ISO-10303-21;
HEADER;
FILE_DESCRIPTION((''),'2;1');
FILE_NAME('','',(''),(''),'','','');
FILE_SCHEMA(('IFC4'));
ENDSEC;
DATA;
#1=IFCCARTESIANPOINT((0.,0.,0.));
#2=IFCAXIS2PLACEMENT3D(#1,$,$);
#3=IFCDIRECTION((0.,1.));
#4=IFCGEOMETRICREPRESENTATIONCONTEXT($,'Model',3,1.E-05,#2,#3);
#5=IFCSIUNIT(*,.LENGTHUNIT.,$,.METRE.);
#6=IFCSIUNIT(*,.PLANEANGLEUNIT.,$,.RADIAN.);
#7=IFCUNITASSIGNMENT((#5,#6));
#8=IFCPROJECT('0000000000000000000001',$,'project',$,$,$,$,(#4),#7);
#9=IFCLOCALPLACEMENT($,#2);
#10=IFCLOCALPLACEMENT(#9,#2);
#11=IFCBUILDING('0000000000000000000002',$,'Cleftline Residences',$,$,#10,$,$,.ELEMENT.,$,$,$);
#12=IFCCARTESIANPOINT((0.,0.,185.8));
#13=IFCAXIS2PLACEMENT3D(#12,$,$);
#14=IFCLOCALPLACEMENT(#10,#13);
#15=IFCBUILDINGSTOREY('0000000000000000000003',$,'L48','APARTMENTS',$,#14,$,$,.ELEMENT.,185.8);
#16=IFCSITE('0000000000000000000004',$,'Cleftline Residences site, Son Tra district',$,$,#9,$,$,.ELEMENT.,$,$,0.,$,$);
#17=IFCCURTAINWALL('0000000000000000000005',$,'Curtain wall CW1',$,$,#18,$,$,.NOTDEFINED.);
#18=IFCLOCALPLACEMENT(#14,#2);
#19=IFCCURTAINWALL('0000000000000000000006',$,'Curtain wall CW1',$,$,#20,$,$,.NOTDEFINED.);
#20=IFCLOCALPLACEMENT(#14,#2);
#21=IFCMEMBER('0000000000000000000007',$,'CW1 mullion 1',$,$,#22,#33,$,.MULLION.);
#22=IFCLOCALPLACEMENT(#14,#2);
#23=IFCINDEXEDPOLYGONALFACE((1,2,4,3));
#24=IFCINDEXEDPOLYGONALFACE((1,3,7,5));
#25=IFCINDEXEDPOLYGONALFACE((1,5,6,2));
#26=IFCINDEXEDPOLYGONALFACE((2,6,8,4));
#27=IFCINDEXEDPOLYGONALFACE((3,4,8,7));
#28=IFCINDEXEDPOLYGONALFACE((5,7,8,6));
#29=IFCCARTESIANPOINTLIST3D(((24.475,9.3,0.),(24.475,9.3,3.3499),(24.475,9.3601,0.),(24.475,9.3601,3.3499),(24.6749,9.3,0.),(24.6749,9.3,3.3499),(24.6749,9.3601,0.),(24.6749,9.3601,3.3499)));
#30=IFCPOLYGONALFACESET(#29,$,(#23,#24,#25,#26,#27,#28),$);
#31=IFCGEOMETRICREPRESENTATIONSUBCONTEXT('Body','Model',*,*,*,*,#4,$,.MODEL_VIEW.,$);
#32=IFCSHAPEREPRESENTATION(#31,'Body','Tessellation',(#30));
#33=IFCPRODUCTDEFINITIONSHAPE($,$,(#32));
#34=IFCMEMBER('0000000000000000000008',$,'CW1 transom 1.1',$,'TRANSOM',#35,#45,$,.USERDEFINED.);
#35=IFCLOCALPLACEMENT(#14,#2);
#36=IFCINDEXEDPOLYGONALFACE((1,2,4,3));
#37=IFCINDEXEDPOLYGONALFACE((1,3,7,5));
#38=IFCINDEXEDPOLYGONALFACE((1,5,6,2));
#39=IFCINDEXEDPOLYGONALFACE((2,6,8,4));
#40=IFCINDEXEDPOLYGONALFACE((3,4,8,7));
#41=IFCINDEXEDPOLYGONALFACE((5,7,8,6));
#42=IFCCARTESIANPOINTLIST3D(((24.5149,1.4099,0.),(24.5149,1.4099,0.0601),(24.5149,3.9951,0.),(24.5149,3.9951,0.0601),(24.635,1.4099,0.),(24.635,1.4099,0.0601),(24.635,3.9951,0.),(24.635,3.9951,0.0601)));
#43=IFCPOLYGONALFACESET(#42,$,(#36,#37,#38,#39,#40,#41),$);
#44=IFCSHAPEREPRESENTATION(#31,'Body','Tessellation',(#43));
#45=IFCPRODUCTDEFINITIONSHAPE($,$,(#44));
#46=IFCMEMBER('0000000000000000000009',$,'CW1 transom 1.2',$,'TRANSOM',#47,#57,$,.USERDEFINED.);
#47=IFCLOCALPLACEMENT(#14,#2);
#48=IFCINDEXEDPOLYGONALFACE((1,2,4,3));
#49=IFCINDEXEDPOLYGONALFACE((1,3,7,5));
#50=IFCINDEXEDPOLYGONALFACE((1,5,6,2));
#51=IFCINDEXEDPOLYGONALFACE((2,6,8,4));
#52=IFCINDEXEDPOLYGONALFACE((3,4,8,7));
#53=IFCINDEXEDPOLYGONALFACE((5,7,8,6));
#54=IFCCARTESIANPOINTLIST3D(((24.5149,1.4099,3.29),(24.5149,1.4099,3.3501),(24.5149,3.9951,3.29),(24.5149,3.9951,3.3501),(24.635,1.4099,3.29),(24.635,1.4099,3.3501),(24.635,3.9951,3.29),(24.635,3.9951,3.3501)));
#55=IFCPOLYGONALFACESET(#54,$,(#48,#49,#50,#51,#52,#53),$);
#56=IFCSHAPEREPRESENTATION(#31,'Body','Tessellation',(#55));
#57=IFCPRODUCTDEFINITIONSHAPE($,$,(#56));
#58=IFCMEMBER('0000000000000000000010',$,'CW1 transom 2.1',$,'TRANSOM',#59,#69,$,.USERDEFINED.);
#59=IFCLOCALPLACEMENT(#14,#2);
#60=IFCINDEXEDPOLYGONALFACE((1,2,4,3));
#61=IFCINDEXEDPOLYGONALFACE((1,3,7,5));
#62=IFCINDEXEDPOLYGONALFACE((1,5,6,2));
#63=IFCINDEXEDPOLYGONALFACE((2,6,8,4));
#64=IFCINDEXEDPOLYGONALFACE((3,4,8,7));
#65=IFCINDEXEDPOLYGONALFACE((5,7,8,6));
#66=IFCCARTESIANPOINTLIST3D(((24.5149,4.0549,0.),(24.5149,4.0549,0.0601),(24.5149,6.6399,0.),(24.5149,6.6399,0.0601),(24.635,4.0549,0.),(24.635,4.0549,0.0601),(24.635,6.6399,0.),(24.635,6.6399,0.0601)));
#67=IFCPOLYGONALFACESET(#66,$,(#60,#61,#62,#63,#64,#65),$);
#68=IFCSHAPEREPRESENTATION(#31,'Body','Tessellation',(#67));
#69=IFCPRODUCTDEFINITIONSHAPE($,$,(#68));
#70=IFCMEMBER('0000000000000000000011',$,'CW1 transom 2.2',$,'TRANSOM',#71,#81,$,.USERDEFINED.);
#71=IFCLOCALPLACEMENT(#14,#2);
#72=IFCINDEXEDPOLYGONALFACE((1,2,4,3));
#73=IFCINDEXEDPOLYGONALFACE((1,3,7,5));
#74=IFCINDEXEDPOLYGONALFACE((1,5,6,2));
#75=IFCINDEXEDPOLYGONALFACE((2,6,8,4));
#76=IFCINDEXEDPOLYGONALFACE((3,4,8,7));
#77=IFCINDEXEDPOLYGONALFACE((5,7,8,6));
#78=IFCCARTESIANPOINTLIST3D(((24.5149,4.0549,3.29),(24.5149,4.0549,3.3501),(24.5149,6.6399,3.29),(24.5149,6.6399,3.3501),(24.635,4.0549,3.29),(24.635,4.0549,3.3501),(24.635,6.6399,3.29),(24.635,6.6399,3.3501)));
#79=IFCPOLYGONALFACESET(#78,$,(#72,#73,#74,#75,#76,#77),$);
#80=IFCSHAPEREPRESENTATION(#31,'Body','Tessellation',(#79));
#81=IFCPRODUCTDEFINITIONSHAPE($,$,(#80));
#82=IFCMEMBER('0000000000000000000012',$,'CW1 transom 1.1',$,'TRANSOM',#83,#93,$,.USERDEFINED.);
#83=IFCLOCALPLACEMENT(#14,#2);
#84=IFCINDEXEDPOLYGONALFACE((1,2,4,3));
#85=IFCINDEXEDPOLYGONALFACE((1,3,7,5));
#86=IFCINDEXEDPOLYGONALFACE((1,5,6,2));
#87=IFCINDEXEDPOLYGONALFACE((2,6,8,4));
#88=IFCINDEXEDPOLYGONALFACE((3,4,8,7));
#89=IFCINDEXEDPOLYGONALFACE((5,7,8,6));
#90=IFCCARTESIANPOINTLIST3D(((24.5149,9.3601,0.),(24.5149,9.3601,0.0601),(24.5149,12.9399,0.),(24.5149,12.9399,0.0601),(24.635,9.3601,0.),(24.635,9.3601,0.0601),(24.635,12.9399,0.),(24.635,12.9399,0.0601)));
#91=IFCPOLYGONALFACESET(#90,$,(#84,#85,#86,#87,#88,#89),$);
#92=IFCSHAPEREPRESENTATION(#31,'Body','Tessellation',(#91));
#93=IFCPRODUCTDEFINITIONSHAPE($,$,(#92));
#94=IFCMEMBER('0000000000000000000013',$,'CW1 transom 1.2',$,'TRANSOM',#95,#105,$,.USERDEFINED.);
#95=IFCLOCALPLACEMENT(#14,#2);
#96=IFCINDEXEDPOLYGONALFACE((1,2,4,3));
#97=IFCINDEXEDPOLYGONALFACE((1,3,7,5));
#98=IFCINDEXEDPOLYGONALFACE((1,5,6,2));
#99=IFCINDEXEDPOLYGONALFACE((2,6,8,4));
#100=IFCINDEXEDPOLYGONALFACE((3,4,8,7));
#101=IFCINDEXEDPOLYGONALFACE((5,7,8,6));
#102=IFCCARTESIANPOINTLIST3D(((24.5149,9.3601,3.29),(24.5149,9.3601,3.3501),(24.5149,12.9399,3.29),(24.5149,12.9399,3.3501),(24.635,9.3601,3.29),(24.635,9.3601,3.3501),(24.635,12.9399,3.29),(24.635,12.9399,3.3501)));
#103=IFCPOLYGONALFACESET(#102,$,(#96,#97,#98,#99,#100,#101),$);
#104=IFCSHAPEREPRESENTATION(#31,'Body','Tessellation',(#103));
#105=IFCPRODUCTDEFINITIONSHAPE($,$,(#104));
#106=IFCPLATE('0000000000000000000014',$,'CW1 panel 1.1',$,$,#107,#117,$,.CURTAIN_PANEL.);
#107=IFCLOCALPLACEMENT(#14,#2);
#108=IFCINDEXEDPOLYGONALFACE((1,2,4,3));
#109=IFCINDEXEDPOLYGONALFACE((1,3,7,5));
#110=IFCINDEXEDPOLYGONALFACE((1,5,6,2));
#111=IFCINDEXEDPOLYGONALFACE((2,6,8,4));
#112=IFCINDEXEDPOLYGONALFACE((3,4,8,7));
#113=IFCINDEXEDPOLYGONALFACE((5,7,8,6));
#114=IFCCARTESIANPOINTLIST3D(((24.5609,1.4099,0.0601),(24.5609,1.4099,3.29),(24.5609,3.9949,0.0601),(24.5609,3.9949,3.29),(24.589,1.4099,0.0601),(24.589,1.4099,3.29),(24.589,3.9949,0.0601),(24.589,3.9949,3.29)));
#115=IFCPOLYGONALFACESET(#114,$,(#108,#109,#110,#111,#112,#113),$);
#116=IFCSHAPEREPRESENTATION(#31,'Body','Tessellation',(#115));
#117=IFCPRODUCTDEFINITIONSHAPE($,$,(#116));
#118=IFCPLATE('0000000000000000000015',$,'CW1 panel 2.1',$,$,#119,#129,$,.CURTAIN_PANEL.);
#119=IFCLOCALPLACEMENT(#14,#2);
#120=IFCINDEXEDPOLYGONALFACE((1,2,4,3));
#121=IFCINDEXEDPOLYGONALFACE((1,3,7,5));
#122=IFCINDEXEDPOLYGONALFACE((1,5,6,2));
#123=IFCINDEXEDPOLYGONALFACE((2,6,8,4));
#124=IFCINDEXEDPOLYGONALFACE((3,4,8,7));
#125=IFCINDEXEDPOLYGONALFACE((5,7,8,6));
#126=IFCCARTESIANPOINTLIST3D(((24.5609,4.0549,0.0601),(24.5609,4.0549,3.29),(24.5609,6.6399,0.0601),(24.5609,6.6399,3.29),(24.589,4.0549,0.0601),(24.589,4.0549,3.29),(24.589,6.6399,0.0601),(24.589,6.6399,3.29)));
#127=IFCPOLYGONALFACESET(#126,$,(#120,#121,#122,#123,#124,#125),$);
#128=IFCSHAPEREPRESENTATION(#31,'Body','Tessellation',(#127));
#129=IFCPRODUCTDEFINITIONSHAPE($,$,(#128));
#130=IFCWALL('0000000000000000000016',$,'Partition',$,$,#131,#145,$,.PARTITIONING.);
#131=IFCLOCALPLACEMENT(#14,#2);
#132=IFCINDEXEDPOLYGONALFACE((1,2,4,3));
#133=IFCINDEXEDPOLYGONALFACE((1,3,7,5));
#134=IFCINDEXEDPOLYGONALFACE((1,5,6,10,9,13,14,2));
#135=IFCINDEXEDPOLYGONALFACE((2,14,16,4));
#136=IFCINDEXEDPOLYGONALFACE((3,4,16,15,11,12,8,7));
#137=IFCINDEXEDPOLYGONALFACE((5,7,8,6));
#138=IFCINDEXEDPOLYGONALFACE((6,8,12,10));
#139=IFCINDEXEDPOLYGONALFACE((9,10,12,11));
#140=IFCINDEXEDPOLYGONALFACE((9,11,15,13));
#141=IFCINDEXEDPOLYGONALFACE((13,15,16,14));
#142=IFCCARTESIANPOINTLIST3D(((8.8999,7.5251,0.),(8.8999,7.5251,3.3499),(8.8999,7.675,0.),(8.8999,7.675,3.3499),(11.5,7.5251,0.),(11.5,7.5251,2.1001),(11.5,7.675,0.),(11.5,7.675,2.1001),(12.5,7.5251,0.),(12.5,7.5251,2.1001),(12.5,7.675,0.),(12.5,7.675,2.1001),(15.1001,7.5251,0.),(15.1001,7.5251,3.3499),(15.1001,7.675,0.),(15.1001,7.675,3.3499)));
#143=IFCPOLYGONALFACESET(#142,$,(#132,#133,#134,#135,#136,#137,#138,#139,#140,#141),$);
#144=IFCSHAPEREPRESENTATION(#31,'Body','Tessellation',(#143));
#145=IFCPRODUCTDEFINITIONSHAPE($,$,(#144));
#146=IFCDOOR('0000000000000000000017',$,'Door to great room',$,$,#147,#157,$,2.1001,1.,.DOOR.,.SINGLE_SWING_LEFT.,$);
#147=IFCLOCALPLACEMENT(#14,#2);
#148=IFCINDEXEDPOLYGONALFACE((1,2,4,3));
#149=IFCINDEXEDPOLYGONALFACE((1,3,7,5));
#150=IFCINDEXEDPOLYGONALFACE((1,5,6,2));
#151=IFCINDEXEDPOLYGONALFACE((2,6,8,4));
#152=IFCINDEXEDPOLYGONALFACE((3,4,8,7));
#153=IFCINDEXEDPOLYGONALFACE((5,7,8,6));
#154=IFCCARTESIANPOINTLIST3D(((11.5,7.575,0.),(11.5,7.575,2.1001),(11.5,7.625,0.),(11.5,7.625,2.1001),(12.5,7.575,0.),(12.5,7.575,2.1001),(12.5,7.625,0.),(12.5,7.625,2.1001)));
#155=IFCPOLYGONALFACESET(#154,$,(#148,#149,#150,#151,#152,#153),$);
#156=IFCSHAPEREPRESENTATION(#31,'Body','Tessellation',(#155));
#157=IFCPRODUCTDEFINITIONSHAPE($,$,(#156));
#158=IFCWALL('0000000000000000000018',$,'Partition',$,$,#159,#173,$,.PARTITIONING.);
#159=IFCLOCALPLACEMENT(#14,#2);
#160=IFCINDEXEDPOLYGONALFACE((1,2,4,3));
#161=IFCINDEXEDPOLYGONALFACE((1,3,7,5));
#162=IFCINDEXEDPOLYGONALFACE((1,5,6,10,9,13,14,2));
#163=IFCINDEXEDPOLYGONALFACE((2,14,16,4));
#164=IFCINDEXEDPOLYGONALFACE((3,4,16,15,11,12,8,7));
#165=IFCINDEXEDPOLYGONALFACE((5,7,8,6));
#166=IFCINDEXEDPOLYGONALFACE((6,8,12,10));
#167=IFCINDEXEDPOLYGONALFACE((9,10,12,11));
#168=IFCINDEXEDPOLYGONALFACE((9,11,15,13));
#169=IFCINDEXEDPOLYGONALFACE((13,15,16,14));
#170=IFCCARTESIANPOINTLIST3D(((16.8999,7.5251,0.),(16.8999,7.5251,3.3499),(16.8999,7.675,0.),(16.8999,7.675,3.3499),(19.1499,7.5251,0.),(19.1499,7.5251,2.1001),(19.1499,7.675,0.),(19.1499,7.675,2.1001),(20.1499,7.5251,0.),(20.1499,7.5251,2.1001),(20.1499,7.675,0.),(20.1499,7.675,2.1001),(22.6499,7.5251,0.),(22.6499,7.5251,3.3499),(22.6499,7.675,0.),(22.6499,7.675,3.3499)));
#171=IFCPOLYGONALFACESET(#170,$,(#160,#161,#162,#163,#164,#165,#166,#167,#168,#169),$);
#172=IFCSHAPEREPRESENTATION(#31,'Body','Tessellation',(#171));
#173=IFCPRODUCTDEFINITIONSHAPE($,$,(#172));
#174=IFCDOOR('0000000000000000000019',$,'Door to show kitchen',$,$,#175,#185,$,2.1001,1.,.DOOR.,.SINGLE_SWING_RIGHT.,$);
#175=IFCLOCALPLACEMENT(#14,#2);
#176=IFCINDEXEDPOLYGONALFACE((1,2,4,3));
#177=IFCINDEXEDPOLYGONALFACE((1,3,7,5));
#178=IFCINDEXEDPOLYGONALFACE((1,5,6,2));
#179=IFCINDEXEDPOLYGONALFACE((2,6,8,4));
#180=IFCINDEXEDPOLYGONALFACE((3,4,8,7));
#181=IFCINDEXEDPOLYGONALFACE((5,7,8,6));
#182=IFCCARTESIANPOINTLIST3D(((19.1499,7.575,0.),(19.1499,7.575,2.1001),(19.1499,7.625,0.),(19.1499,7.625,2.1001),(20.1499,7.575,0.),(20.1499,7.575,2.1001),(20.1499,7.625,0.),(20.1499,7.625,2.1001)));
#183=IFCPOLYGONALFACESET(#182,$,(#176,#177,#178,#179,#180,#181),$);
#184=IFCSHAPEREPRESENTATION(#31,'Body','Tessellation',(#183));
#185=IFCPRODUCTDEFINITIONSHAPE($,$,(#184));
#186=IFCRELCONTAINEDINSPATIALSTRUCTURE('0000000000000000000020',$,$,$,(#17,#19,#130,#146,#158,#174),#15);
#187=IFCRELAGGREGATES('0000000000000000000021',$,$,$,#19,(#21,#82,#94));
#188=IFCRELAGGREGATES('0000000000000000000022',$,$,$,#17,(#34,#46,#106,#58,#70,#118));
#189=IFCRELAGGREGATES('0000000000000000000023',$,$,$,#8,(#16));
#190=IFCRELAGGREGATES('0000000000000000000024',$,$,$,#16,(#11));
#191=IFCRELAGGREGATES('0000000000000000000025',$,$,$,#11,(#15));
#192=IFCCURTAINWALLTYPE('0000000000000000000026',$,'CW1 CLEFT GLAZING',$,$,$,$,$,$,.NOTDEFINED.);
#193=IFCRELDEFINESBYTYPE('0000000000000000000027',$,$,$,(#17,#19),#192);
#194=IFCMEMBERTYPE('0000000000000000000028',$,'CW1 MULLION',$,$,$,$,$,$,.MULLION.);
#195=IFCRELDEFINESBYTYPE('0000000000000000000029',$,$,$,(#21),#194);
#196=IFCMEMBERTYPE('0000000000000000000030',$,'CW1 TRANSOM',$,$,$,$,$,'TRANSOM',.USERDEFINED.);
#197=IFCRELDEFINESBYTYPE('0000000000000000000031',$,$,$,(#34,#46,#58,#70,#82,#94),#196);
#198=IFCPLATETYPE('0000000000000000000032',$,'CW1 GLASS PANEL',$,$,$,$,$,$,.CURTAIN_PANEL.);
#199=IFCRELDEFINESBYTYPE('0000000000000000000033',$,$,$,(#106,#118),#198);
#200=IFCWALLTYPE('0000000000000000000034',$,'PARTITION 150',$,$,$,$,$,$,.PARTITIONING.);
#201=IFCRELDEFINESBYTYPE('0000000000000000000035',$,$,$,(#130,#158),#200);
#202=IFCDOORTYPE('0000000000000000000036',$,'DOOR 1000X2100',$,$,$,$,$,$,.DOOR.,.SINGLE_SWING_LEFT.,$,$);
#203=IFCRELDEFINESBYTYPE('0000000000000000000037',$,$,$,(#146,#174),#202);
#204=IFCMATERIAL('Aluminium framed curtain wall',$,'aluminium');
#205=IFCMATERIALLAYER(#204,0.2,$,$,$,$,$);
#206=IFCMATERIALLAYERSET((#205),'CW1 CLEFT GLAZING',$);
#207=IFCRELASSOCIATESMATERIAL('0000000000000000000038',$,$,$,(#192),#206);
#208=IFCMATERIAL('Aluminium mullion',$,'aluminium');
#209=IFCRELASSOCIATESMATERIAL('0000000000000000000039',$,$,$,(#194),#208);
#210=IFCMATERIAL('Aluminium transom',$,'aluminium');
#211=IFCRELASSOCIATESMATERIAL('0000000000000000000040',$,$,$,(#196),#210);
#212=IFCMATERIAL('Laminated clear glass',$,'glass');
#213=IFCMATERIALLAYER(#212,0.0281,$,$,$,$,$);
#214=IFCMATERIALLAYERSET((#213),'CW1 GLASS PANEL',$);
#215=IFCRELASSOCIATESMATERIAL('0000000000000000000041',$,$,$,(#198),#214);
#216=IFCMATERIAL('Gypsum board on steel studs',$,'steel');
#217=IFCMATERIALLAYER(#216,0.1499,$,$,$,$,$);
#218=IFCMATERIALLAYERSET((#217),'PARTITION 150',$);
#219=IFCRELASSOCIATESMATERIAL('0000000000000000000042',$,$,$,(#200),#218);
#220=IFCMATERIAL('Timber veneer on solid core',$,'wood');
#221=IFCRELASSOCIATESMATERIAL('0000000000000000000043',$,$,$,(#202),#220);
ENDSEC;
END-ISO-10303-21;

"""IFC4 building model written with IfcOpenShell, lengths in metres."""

from ifc_helpers import new_model, si_unit, direction, frame, frame_2d, origin, origin_2d, place, context, subcontext, project, spatial, rectangle, extrude, material, layer, layer_set, material_profile, profile_set, type_object, element, fill, aggregate, save


model = new_model("IFC4")

# Units and contexts
model_context = context("Model", 3, precision=1e-05, world=origin(), true_north=direction((0.0, 1.0)))
body_context = subcontext(model_context, "Body", "Model", "MODEL_VIEW")
ifc_project = project(units=[si_unit("LENGTHUNIT", "METRE"), si_unit("PLANEANGLEUNIT", "RADIAN")], contexts=[model_context])

# Site, building, storey
site_placement = place(None, origin())
site = spatial("IfcSite", under=ifc_project, at=site_placement, Name="Cleftline Residences site, Son Tra district", CompositionType="ELEMENT", RefElevation=0.0)
building_placement = place(site_placement, origin())
building = spatial("IfcBuilding", under=site, at=building_placement, Name="Cleftline Residences", CompositionType="ELEMENT")
storey_placement = place(building_placement, frame((0.0, 0.0, 185.8)))
storey = spatial("IfcBuildingStorey", under=building, at=storey_placement, Name="L48", Description="APARTMENTS", CompositionType="ELEMENT", Elevation=185.8)

# Curtain wall
ifc_material_1 = material(Name="Aluminium framed curtain wall", Category="aluminium")
ifc_layer_1 = layer(ifc_material_1, 0.2)
ifc_layer_set_1 = layer_set([ifc_layer_1], Name="CW1 CLEFT GLAZING")
curtain_wall_type = type_object("IfcCurtainWallType", Name="CW1 CLEFT GLAZING", PredefinedType="NOTDEFINED", material=ifc_layer_set_1)
curtain_wall_1_placement = place(storey_placement, origin())
curtain_wall_1 = element("IfcCurtainWall", 1, at=curtain_wall_1_placement, inside=storey, type_object=curtain_wall_type, Name="Curtain wall CW1", PredefinedType="NOTDEFINED")
ifc_material_2 = material(Name="Aluminium mullion", Category="aluminium")
ifc_material_profile_1 = material_profile(ifc_material_2, rectangle(XDim=0.2, YDim=0.0601, at=origin_2d()))
ifc_profile_set_1 = profile_set([ifc_material_profile_1], Name="Aluminium mullion")
member_type_1 = type_object("IfcMemberType", Name="CW1 MULLION", PredefinedType="MULLION", material=ifc_profile_set_1)

# Curtain wall, member
curtain_wall_2_placement = place(storey_placement, origin())
curtain_wall_2 = element("IfcCurtainWall", 2, at=curtain_wall_2_placement, inside=storey, type_object=curtain_wall_type, Name="Curtain wall CW1", PredefinedType="NOTDEFINED")
member_1_placement = place(storey_placement, frame((24.575, 9.3301, 0.0), z_axis=(0.0, 0.0, 1.0), x_axis=(-1.0, 0.0, 0.0)))
member_1 = element("IfcMember", 3, at=member_1_placement, type_object=member_type_1, Name="CW1 mullion 1", PredefinedType="MULLION", context=body_context, shape_type="SweptSolid", body=[
    extrude(rectangle(XDim=0.2, YDim=0.0601, at=origin_2d()), origin(), (0.0, 0.0, 1.0), 3.3499),
])

# Members
ifc_material_3 = material(Name="Aluminium transom", Category="aluminium")
ifc_material_profile_2 = material_profile(ifc_material_3, rectangle(XDim=0.1201, YDim=0.0601, at=origin_2d()))
ifc_profile_set_2 = profile_set([ifc_material_profile_2], Name="Aluminium transom")
member_type_2 = type_object("IfcMemberType", Name="CW1 TRANSOM", ElementType="TRANSOM", PredefinedType="USERDEFINED", material=ifc_profile_set_2)
member_2_placement = place(storey_placement, frame((24.575, 1.4099, 0.03), z_axis=(0.0, 1.0, 0.0), x_axis=(-1.0, 0.0, 0.0)))
member_2 = element("IfcMember", 4, at=member_2_placement, type_object=member_type_2, Name="CW1 transom 1.1", ObjectType="TRANSOM", PredefinedType="USERDEFINED", context=body_context, shape_type="SweptSolid", body=[
    extrude(rectangle(XDim=0.1201, YDim=0.0601, at=origin_2d()), origin(), (0.0, 0.0, 1.0), 2.5852),
])
member_3_placement = place(storey_placement, frame((24.575, 1.4099, 3.3201), z_axis=(0.0, 1.0, 0.0), x_axis=(-1.0, 0.0, 0.0)))
member_3 = element("IfcMember", 5, at=member_3_placement, type_object=member_type_2, Name="CW1 transom 1.2", ObjectType="TRANSOM", PredefinedType="USERDEFINED", context=body_context, shape_type="SweptSolid", body=[
    extrude(rectangle(XDim=0.1201, YDim=0.0601, at=origin_2d()), origin(), (0.0, 0.0, 1.0), 2.5852),
])
member_4_placement = place(storey_placement, frame((24.575, 4.0549, 0.03), z_axis=(0.0, 1.0, 0.0), x_axis=(-1.0, 0.0, 0.0)))
member_4 = element("IfcMember", 6, at=member_4_placement, type_object=member_type_2, Name="CW1 transom 2.1", ObjectType="TRANSOM", PredefinedType="USERDEFINED", context=body_context, shape_type="SweptSolid", body=[
    extrude(rectangle(XDim=0.1201, YDim=0.0601, at=origin_2d()), origin(), (0.0, 0.0, 1.0), 2.585),
])
member_5_placement = place(storey_placement, frame((24.575, 4.0549, 3.3201), z_axis=(0.0, 1.0, 0.0), x_axis=(-1.0, 0.0, 0.0)))
member_5 = element("IfcMember", 7, at=member_5_placement, type_object=member_type_2, Name="CW1 transom 2.2", ObjectType="TRANSOM", PredefinedType="USERDEFINED", context=body_context, shape_type="SweptSolid", body=[
    extrude(rectangle(XDim=0.1201, YDim=0.0601, at=origin_2d()), origin(), (0.0, 0.0, 1.0), 2.585),
])
member_6_placement = place(storey_placement, frame((24.575, 9.3601, 0.03), z_axis=(0.0, 1.0, 0.0), x_axis=(-1.0, 0.0, 0.0)))
member_6 = element("IfcMember", 8, at=member_6_placement, type_object=member_type_2, Name="CW1 transom 1.1", ObjectType="TRANSOM", PredefinedType="USERDEFINED", context=body_context, shape_type="SweptSolid", body=[
    extrude(rectangle(XDim=0.1201, YDim=0.0601, at=origin_2d()), origin(), (0.0, 0.0, 1.0), 3.5798),
])
member_7_placement = place(storey_placement, frame((24.575, 9.3601, 3.3201), z_axis=(0.0, 1.0, 0.0), x_axis=(-1.0, 0.0, 0.0)))
member_7 = element("IfcMember", 9, at=member_7_placement, type_object=member_type_2, Name="CW1 transom 1.2", ObjectType="TRANSOM", PredefinedType="USERDEFINED", context=body_context, shape_type="SweptSolid", body=[
    extrude(rectangle(XDim=0.1201, YDim=0.0601, at=origin_2d()), origin(), (0.0, 0.0, 1.0), 3.5798),
])
aggregate(curtain_wall_2, [member_1, member_6, member_7])

# Plates
ifc_material_4 = material(Name="Laminated clear glass", Category="glass")
ifc_layer_2 = layer(ifc_material_4, 0.0281)
ifc_layer_set_2 = layer_set([ifc_layer_2], Name="CW1 GLASS PANEL")
plate_type = type_object("IfcPlateType", Name="CW1 GLASS PANEL", PredefinedType="CURTAIN_PANEL", material=ifc_layer_set_2)
plate_1_placement = place(storey_placement, frame((24.575, 2.7024, 0.0601), z_axis=(0.0, 0.0, 1.0), x_axis=(0.0, 1.0, 0.0)))
plate_1 = element("IfcPlate", 10, at=plate_1_placement, type_object=plate_type, Name="CW1 panel 1.1", PredefinedType="CURTAIN_PANEL", context=body_context, shape_type="SweptSolid", body=[
    extrude(rectangle(XDim=2.585, YDim=0.0281, at=origin_2d()), origin(), (0.0, 0.0, 1.0), 3.23),
])
plate_2_placement = place(storey_placement, frame((24.575, 5.3474, 0.0601), z_axis=(0.0, 0.0, 1.0), x_axis=(0.0, 1.0, 0.0)))
plate_2 = element("IfcPlate", 11, at=plate_2_placement, type_object=plate_type, Name="CW1 panel 2.1", PredefinedType="CURTAIN_PANEL", context=body_context, shape_type="SweptSolid", body=[
    extrude(rectangle(XDim=2.585, YDim=0.0281, at=origin_2d()), origin(), (0.0, 0.0, 1.0), 3.23),
])
aggregate(curtain_wall_1, [member_2, member_3, plate_1, member_4, member_5, plate_2])

# Walls, openings, doors
ifc_material_5 = material(Name="Gypsum board on steel studs", Category="steel")
ifc_layer_3 = layer(ifc_material_5, 0.1499)
ifc_layer_set_3 = layer_set([ifc_layer_3], Name="PARTITION 150")
wall_type = type_object("IfcWallType", Name="PARTITION 150", PredefinedType="PARTITIONING", material=ifc_layer_set_3)
wall_1_placement = place(storey_placement, frame((8.8999, 7.6001, 0.0), z_axis=(0.0, 0.0, 1.0), x_axis=(1.0, 0.0, 0.0)))
wall_1 = element("IfcWall", 12, at=wall_1_placement, inside=storey, type_object=wall_type, Name="Partition", PredefinedType="PARTITIONING", context=body_context, shape_type="SweptSolid", body=[
    extrude(rectangle(XDim=6.2002, YDim=0.1499, at=frame_2d((3.1001, 0.0))), origin(), (0.0, 0.0, 1.0), 3.3499),
])
opening_1_placement = place(wall_1_placement, frame((2.6001, 0.0, 0.0)))
opening_1 = element("IfcOpeningElement", 13, at=opening_1_placement, cuts=wall_1, PredefinedType="OPENING", context=body_context, shape_type="SweptSolid", body=[
    extrude(rectangle(XDim=1.0, YDim=2.1001, at=frame_2d((0.5, 1.05))), frame((0.0, 0.085, 0.0), z_axis=(0.0, -1.0, 0.0), x_axis=(1.0, 0.0, 0.0)), (0.0, 0.0, 1.0), 0.1699),
])
ifc_material_6 = material(Name="Timber veneer on solid core", Category="wood")
door_type_1 = type_object("IfcDoorType", Name="DOOR 1000X2100", OperationType="SINGLE_SWING_LEFT", PredefinedType="DOOR", material=ifc_material_6)
door_1_placement = place(opening_1_placement, origin())
door_1 = element("IfcDoor", 14, at=door_1_placement, inside=storey, type_object=door_type_1, Name="Door to great room", OperationType="SINGLE_SWING_LEFT", OverallHeight=2.1001, OverallWidth=1.0, PredefinedType="DOOR", context=body_context, shape_type="SweptSolid", body=[
    extrude(rectangle(XDim=1.0, YDim=2.1001, at=frame_2d((0.5, 1.05))), frame((0.0, 0.0249, 0.0), z_axis=(0.0, -1.0, 0.0), x_axis=(1.0, 0.0, 0.0)), (0.0, 0.0, 1.0), 0.05),
])
fill(opening_1, door_1)
wall_2_placement = place(storey_placement, frame((16.8999, 7.6001, 0.0), z_axis=(0.0, 0.0, 1.0), x_axis=(1.0, 0.0, 0.0)))
wall_2 = element("IfcWall", 15, at=wall_2_placement, inside=storey, type_object=wall_type, Name="Partition", PredefinedType="PARTITIONING", context=body_context, shape_type="SweptSolid", body=[
    extrude(rectangle(XDim=5.75, YDim=0.1499, at=frame_2d((2.875, 0.0))), origin(), (0.0, 0.0, 1.0), 3.3499),
])
opening_2_placement = place(wall_2_placement, frame((2.25, 0.0, 0.0)))
opening_2 = element("IfcOpeningElement", 16, at=opening_2_placement, cuts=wall_2, PredefinedType="OPENING", context=body_context, shape_type="SweptSolid", body=[
    extrude(rectangle(XDim=1.0, YDim=2.1001, at=frame_2d((0.5, 1.05))), frame((0.0, 0.085, 0.0), z_axis=(0.0, -1.0, 0.0), x_axis=(1.0, 0.0, 0.0)), (0.0, 0.0, 1.0), 0.1699),
])
door_2_placement = place(opening_2_placement, origin())
door_2 = element("IfcDoor", 17, at=door_2_placement, inside=storey, type_object=door_type_1, Name="Door to show kitchen", OperationType="SINGLE_SWING_RIGHT", OverallHeight=2.1001, OverallWidth=1.0, PredefinedType="DOOR", context=body_context, shape_type="SweptSolid", body=[
    extrude(rectangle(XDim=1.0, YDim=2.1001, at=frame_2d((0.5, 1.05))), frame((0.0, 0.0249, 0.0), z_axis=(0.0, -1.0, 0.0), x_axis=(1.0, 0.0, 0.0)), (0.0, 0.0, 1.0), 0.05),
])
fill(opening_2, door_2)

save(model, "model.ifc")
